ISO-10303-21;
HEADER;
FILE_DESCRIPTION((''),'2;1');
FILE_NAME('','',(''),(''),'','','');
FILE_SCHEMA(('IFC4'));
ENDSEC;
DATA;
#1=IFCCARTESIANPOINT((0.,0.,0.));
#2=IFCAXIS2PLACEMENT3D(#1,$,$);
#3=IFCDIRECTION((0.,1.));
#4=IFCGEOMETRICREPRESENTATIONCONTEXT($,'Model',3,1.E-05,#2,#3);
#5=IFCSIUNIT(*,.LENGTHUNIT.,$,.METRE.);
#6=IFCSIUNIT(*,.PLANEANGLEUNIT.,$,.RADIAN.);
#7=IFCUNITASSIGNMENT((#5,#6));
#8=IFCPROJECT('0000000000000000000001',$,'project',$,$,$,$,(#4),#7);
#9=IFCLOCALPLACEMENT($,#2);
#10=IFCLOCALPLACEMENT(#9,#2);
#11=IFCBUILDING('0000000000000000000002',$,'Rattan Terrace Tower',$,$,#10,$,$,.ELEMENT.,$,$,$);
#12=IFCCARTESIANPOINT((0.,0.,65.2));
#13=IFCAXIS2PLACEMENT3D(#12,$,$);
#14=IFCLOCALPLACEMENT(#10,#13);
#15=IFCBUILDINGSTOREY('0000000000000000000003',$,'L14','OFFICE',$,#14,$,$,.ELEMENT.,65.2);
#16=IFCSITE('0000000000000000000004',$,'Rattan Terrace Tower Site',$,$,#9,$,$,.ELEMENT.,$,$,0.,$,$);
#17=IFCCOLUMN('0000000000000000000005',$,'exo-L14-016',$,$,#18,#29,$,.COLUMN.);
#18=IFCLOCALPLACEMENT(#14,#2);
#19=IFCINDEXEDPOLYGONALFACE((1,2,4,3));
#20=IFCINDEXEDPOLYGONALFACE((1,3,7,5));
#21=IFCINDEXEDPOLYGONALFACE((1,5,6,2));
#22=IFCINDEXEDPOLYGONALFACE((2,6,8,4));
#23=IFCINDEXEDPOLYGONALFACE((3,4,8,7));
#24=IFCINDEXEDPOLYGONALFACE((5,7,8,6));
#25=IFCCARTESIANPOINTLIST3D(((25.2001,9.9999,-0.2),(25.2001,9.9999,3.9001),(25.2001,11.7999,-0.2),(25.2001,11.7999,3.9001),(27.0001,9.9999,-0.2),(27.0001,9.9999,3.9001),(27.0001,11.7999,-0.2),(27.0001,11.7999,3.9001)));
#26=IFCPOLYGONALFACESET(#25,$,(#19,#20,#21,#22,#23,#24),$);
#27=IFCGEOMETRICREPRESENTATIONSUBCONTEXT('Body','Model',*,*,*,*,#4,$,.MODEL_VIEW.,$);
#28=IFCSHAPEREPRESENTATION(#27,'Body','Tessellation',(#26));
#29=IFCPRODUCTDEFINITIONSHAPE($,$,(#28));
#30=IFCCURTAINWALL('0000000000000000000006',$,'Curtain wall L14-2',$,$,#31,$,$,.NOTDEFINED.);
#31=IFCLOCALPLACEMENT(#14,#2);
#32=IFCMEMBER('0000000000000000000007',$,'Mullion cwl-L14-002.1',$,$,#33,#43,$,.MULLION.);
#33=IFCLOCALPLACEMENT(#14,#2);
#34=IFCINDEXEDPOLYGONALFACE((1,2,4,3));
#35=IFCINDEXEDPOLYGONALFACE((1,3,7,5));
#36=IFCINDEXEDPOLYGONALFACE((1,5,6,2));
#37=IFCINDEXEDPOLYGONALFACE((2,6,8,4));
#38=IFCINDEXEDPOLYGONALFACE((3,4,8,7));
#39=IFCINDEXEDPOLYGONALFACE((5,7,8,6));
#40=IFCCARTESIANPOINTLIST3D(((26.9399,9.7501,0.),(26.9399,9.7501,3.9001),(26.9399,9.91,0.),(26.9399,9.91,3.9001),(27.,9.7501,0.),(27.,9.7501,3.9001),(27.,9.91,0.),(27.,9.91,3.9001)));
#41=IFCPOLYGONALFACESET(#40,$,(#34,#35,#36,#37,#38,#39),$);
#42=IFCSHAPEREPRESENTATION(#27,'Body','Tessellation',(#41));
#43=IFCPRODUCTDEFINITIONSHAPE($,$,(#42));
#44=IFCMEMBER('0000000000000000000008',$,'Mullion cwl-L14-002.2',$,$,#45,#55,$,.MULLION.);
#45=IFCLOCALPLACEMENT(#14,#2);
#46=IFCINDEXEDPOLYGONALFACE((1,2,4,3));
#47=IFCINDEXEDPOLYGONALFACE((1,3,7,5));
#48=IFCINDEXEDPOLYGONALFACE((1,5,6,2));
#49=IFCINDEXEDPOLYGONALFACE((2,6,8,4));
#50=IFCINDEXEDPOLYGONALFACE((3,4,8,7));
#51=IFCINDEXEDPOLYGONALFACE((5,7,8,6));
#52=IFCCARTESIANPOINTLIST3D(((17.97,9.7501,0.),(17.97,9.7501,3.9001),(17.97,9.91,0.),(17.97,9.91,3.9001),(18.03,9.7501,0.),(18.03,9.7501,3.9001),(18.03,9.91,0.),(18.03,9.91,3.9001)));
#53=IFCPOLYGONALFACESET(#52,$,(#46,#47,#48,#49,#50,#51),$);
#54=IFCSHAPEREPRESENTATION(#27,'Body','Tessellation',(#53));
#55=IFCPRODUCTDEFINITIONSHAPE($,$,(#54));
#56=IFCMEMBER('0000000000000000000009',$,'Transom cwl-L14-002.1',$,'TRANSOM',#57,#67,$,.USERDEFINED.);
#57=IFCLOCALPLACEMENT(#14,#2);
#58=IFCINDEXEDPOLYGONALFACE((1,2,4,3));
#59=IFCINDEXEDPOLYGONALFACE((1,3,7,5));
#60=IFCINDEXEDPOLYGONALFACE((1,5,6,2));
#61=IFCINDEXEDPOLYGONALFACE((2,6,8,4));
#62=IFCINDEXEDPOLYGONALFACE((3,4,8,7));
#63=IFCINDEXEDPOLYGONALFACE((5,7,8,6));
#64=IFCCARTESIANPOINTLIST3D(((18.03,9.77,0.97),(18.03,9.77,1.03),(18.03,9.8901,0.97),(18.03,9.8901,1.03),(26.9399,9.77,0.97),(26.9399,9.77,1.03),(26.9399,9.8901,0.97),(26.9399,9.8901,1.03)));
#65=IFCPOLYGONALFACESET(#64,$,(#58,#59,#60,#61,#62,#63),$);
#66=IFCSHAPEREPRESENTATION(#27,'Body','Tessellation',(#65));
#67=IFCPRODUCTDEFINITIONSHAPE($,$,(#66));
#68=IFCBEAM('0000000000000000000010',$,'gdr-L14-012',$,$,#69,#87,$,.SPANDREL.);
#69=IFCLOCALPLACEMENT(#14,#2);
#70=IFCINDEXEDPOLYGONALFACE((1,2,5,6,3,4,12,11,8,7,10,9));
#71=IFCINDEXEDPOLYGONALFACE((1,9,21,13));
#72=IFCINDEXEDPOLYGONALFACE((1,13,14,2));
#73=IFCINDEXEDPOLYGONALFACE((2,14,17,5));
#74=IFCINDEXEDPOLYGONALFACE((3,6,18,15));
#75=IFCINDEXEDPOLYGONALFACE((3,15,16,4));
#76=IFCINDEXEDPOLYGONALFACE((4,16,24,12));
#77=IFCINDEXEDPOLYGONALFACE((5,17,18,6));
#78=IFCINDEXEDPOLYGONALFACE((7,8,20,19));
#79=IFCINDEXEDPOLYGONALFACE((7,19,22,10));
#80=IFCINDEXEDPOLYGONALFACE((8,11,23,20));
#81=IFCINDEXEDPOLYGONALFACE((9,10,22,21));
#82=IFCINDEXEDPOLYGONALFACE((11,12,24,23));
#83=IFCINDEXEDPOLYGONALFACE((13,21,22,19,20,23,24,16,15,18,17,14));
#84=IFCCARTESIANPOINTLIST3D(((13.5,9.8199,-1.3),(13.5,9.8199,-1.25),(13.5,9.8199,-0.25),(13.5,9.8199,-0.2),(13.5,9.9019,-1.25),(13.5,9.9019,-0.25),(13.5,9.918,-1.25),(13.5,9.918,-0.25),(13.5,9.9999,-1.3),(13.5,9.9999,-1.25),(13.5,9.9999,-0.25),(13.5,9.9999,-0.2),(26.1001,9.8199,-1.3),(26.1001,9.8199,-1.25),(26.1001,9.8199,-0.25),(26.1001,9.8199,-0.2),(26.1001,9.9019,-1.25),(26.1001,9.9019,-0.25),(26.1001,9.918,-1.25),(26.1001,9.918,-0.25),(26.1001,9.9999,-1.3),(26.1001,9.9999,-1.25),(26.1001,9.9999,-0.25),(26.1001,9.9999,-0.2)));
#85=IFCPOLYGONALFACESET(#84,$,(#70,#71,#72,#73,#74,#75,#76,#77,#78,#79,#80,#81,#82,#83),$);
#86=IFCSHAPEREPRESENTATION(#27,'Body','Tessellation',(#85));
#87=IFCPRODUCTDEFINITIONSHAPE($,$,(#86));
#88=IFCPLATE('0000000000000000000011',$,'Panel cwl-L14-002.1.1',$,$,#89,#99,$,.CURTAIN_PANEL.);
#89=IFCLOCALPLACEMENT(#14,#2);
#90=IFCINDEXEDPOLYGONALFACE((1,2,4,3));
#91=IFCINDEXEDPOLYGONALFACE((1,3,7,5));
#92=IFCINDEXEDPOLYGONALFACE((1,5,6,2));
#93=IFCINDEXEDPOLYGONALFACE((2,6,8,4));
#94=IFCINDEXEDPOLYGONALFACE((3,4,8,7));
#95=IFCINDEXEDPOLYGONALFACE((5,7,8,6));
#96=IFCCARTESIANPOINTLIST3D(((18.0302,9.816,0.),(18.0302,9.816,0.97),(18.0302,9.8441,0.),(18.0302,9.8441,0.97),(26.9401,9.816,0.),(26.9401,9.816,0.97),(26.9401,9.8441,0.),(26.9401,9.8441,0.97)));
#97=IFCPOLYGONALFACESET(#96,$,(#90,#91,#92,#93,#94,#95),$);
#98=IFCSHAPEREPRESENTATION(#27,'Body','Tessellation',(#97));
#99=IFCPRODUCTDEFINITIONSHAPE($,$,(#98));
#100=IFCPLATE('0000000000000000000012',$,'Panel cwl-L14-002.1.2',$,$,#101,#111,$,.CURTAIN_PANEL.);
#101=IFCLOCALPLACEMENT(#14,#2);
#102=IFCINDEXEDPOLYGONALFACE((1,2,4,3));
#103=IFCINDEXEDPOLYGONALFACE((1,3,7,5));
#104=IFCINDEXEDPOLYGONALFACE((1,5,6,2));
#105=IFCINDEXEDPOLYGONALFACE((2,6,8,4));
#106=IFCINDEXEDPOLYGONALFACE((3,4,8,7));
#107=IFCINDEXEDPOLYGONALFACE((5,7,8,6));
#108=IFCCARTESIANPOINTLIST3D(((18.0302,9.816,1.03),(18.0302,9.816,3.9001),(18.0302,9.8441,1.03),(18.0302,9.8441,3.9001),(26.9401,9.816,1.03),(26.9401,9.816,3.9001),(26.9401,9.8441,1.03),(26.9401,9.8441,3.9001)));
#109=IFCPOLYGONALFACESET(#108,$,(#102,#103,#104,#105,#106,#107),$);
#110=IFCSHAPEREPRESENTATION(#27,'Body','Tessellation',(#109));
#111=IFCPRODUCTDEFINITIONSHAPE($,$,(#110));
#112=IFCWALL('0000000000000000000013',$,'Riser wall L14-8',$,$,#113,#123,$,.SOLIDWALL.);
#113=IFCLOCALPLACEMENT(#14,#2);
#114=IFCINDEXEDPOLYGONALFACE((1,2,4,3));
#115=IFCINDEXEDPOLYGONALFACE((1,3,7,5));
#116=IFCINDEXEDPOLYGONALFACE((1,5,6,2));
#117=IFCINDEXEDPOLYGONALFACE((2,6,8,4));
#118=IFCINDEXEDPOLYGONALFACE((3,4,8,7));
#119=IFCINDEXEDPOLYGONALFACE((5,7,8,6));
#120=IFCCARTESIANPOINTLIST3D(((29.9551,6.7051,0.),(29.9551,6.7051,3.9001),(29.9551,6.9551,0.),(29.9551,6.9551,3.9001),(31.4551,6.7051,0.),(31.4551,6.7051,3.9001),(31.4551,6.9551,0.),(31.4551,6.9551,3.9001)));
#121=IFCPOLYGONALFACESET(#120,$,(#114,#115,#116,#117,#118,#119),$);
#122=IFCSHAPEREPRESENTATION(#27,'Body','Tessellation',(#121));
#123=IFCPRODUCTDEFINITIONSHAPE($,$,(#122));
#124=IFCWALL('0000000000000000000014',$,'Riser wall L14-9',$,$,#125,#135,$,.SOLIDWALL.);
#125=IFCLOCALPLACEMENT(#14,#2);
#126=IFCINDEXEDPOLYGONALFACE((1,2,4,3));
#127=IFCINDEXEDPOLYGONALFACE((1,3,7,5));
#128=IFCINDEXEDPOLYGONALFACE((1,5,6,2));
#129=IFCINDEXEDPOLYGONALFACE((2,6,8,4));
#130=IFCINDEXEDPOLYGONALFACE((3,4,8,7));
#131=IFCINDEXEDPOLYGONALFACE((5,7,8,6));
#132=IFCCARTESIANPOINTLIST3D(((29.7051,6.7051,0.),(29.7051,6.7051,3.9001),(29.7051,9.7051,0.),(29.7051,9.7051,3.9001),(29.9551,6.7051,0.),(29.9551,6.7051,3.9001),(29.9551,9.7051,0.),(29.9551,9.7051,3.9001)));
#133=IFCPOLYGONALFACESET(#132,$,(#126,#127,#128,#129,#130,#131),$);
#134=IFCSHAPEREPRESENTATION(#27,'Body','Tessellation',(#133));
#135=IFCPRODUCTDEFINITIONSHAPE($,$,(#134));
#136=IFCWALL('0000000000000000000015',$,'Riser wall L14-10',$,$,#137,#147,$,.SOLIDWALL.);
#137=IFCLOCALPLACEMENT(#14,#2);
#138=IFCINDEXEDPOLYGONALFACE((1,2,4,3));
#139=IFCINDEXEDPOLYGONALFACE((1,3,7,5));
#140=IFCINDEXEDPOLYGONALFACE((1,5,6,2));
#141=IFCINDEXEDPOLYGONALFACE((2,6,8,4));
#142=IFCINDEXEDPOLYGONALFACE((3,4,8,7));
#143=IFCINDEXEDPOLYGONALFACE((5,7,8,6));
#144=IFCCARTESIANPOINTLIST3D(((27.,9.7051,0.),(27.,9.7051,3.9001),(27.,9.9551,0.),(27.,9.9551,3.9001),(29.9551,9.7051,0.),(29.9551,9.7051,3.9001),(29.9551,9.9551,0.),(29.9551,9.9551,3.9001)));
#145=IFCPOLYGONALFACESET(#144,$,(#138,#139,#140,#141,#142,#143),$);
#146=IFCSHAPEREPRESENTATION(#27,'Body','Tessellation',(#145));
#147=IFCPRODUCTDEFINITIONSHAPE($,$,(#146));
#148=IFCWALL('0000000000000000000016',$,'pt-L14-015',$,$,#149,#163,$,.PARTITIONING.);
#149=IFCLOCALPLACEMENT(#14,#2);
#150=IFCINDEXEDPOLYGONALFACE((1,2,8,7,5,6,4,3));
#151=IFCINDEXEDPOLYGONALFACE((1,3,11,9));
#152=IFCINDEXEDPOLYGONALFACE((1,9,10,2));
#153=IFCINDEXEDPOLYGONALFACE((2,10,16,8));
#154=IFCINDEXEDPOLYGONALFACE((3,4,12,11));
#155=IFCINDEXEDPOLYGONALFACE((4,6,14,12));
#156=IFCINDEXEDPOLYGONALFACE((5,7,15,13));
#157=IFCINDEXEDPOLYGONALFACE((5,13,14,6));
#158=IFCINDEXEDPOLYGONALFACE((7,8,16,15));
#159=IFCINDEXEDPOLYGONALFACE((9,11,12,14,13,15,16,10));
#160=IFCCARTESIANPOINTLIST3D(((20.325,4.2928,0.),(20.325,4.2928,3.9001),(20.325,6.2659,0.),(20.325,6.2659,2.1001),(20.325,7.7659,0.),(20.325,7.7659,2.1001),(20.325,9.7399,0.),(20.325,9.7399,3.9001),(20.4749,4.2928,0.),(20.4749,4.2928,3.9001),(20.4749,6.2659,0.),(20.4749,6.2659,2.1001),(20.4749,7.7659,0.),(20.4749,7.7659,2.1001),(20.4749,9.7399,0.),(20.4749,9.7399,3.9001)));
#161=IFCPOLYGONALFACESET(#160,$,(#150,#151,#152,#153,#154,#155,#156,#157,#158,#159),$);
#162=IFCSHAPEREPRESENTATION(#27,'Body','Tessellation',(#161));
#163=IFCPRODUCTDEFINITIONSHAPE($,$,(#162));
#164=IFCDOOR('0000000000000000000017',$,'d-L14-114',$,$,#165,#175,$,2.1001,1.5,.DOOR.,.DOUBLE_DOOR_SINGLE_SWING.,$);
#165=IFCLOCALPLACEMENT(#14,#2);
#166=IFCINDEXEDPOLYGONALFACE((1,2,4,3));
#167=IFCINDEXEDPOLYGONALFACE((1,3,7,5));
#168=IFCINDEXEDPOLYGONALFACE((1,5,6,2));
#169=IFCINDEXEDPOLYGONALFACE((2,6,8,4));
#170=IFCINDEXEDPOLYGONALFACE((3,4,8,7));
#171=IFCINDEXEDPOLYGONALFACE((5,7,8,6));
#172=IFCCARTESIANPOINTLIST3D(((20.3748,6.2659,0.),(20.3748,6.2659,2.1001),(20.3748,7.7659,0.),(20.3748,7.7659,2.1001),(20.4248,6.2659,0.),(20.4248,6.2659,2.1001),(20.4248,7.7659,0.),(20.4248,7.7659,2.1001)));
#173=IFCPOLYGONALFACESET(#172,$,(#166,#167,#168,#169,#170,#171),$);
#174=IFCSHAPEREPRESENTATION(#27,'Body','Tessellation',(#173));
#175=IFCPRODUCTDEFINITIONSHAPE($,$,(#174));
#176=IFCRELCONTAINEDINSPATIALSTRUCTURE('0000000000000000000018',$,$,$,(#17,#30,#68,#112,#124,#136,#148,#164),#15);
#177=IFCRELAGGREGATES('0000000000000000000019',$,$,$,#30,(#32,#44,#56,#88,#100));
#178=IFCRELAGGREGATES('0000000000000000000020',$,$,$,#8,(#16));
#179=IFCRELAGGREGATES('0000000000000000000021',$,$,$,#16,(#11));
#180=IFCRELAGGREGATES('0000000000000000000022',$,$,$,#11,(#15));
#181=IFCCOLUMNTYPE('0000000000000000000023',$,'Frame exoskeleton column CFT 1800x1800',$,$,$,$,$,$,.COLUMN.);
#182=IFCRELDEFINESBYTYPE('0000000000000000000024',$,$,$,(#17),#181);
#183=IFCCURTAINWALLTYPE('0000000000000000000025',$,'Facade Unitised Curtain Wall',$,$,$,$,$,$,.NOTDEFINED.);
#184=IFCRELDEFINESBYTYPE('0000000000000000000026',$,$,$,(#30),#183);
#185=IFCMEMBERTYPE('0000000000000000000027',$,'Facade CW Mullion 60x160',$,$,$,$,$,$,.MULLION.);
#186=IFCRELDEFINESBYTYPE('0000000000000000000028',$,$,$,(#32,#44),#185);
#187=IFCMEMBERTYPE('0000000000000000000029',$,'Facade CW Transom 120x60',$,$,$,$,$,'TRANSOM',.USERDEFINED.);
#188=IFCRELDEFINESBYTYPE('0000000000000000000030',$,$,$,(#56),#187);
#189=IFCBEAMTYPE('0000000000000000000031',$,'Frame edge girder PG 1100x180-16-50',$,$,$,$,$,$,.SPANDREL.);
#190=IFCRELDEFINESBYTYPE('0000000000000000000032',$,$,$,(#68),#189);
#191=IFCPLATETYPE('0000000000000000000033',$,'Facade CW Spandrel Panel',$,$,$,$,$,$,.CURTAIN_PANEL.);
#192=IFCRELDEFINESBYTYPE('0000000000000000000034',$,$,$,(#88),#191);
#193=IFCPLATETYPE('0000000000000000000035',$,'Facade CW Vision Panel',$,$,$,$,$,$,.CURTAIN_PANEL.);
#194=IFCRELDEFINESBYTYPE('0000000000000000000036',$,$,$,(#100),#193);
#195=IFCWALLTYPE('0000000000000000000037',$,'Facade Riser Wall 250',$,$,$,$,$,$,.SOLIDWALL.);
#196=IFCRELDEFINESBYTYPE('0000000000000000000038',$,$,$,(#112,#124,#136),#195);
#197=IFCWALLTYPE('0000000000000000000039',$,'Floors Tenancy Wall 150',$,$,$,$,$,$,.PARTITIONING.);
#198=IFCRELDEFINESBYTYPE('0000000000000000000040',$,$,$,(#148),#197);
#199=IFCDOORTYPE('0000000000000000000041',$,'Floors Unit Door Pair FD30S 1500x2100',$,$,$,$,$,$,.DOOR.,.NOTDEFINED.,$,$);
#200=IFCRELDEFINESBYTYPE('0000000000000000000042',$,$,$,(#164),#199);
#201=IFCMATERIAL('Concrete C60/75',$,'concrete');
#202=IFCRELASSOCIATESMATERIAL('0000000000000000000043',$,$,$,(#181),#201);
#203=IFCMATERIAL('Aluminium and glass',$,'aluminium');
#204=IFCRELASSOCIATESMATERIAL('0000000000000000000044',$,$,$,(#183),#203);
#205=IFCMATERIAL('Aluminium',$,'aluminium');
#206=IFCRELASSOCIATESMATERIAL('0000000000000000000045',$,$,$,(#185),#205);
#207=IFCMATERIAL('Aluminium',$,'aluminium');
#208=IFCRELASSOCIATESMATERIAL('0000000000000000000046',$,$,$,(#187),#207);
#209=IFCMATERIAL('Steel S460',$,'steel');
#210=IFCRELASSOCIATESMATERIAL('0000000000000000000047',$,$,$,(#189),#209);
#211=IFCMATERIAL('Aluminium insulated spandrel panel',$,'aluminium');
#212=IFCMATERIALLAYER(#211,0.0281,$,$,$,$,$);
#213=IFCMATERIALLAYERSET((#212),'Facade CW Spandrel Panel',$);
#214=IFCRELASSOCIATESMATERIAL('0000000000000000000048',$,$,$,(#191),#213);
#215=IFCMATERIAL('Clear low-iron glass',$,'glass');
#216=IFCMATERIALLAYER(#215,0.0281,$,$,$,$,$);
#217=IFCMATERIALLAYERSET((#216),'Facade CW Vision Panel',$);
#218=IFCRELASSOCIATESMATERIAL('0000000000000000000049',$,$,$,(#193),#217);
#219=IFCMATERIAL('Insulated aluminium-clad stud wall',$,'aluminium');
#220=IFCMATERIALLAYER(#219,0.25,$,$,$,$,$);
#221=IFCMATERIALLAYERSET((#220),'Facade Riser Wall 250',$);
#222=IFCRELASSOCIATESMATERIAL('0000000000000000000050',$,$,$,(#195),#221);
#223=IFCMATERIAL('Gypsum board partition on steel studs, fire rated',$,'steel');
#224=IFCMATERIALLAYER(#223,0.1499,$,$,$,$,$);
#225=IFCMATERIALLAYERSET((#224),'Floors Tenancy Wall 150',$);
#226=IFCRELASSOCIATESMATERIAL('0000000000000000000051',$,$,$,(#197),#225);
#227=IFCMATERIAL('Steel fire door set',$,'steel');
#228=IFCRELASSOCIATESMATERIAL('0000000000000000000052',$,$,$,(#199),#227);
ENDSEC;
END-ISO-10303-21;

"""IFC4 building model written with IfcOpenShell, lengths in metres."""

from ifc_helpers import new_model, si_unit, direction, frame, frame_2d, origin, origin_2d, place, context, subcontext, project, spatial, rectangle, i_section, extrude, material, layer, layer_set, material_profile, profile_set, type_object, element, fill, aggregate, save


model = new_model("IFC4")

# Units and contexts
model_context = context("Model", 3, precision=1e-05, world=origin(), true_north=direction((0.0, 1.0)))
body_context = subcontext(model_context, "Body", "Model", "MODEL_VIEW")
ifc_project = project(units=[si_unit("LENGTHUNIT", "METRE"), si_unit("PLANEANGLEUNIT", "RADIAN")], contexts=[model_context])

# Site, building, storey
site_placement = place(None, origin())
site = spatial("IfcSite", under=ifc_project, at=site_placement, Name="Rattan Terrace Tower Site", CompositionType="ELEMENT", RefElevation=0.0)
building_placement = place(site_placement, origin())
building = spatial("IfcBuilding", under=site, at=building_placement, Name="Rattan Terrace Tower", CompositionType="ELEMENT")
storey_placement = place(building_placement, frame((0.0, 0.0, 65.2)))
storey = spatial("IfcBuildingStorey", under=building, at=storey_placement, Name="L14", Description="OFFICE", CompositionType="ELEMENT", Elevation=65.2)

# Column
ifc_material_1 = material(Name="Concrete C60/75", Category="concrete")
ifc_material_profile_1 = material_profile(ifc_material_1, rectangle(XDim=1.8, YDim=1.8, at=origin_2d()), Name="CFT 1800x1800")
ifc_profile_set_1 = profile_set([ifc_material_profile_1], Name="Concrete C60/75")
column_type = type_object("IfcColumnType", Name="Frame exoskeleton column CFT 1800x1800", PredefinedType="COLUMN", material=ifc_profile_set_1)
column_placement = place(storey_placement, frame((26.1001, 10.8999, -0.2), z_axis=(0.0, 0.0, 1.0), x_axis=(1.0, 0.0, 0.0)))
element("IfcColumn", 1, at=column_placement, inside=storey, type_object=column_type, Name="exo-L14-016", PredefinedType="COLUMN", context=body_context, shape_type="SweptSolid", body=[
    extrude(rectangle(XDim=1.8, YDim=1.8, at=origin_2d()), origin(), (0.0, 0.0, 1.0), 4.1001),
])

# Curtain wall, members
ifc_material_2 = material(Name="Aluminium and glass", Category="aluminium")
curtain_wall_type = type_object("IfcCurtainWallType", Name="Facade Unitised Curtain Wall", PredefinedType="NOTDEFINED", material=ifc_material_2)
curtain_wall_placement = place(storey_placement, origin())
curtain_wall = element("IfcCurtainWall", 2, at=curtain_wall_placement, inside=storey, type_object=curtain_wall_type, Name="Curtain wall L14-2", PredefinedType="NOTDEFINED")
ifc_material_3 = material(Name="Aluminium", Category="aluminium")
ifc_material_profile_2 = material_profile(ifc_material_3, rectangle(XDim=0.0601, YDim=0.1599, at=origin_2d()), Name="Aluminium 60x160")
ifc_profile_set_2 = profile_set([ifc_material_profile_2], Name="Aluminium")
member_type_1 = type_object("IfcMemberType", Name="Facade CW Mullion 60x160", PredefinedType="MULLION", material=ifc_profile_set_2)
member_1_placement = place(storey_placement, frame((26.97, 9.8301, 0.0), z_axis=(0.0, 0.0, 1.0), x_axis=(-1.0, 0.0, 0.0)))
member_1 = element("IfcMember", 3, at=member_1_placement, type_object=member_type_1, Name="Mullion cwl-L14-002.1", PredefinedType="MULLION", context=body_context, shape_type="SweptSolid", body=[
    extrude(rectangle(XDim=0.0601, YDim=0.1599, at=origin_2d()), origin(), (0.0, 0.0, 1.0), 3.9001),
])
member_2_placement = place(storey_placement, frame((18.0, 9.8301, 0.0), z_axis=(0.0, 0.0, 1.0), x_axis=(-1.0, 0.0, 0.0)))
member_2 = element("IfcMember", 4, at=member_2_placement, type_object=member_type_1, Name="Mullion cwl-L14-002.2", PredefinedType="MULLION", context=body_context, shape_type="SweptSolid", body=[
    extrude(rectangle(XDim=0.0601, YDim=0.1599, at=origin_2d()), origin(), (0.0, 0.0, 1.0), 3.9001),
])
ifc_material_4 = material(Name="Aluminium", Category="aluminium")
ifc_material_profile_3 = material_profile(ifc_material_4, rectangle(XDim=0.1201, YDim=0.0601, at=origin_2d()), Name="Aluminium 120x60")
ifc_profile_set_3 = profile_set([ifc_material_profile_3], Name="Aluminium")
member_type_2 = type_object("IfcMemberType", Name="Facade CW Transom 120x60", ElementType="TRANSOM", PredefinedType="USERDEFINED", material=ifc_profile_set_3)
member_3_placement = place(storey_placement, frame((26.9399, 9.8301, 1.0), z_axis=(-1.0, 0.0, 0.0), x_axis=(0.0, -1.0, 0.0)))
member_3 = element("IfcMember", 5, at=member_3_placement, type_object=member_type_2, Name="Transom cwl-L14-002.1", ObjectType="TRANSOM", PredefinedType="USERDEFINED", context=body_context, shape_type="SweptSolid", body=[
    extrude(rectangle(XDim=0.1201, YDim=0.0601, at=origin_2d()), origin(), (0.0, 0.0, 1.0), 8.9099),
])

# Beam
ifc_material_5 = material(Name="Steel S460", Category="steel")
ifc_material_profile_4 = material_profile(ifc_material_5, i_section(OverallWidth=0.1799, OverallDepth=1.1001, WebThickness=0.0161, FlangeThickness=0.05, at=origin_2d()), Name="PG 1100x180-16-50")
ifc_profile_set_4 = profile_set([ifc_material_profile_4], Name="Steel S460")
beam_type = type_object("IfcBeamType", Name="Frame edge girder PG 1100x180-16-50", PredefinedType="SPANDREL", material=ifc_profile_set_4)
beam_placement = place(storey_placement, frame((26.1001, 9.9099, -0.75), z_axis=(-1.0, 0.0, 0.0), x_axis=(0.0, -1.0, 0.0)))
element("IfcBeam", 6, at=beam_placement, inside=storey, type_object=beam_type, Name="gdr-L14-012", PredefinedType="SPANDREL", context=body_context, shape_type="SweptSolid", body=[
    extrude(i_section(OverallWidth=0.1799, OverallDepth=1.1001, WebThickness=0.0161, FlangeThickness=0.05, at=origin_2d()), origin(), (0.0, 0.0, 1.0), 12.6001),
])

# Plates
ifc_material_6 = material(Name="Aluminium insulated spandrel panel", Category="aluminium")
ifc_layer_1 = layer(ifc_material_6, 0.0281)
ifc_layer_set_1 = layer_set([ifc_layer_1], Name="Facade CW Spandrel Panel")
plate_type_1 = type_object("IfcPlateType", Name="Facade CW Spandrel Panel", PredefinedType="CURTAIN_PANEL", material=ifc_layer_set_1)
plate_1_placement = place(storey_placement, frame((22.4851, 9.8301, 0.0), z_axis=(0.0, 0.0, 1.0), x_axis=(-1.0, 0.0, 0.0)))
plate_1 = element("IfcPlate", 7, at=plate_1_placement, type_object=plate_type_1, Name="Panel cwl-L14-002.1.1", PredefinedType="CURTAIN_PANEL", context=body_context, shape_type="SweptSolid", body=[
    extrude(rectangle(XDim=8.9099, YDim=0.0281, at=origin_2d()), origin(), (0.0, 0.0, 1.0), 0.97),
])
ifc_material_7 = material(Name="Clear low-iron glass", Category="glass")
ifc_layer_2 = layer(ifc_material_7, 0.0281)
ifc_layer_set_2 = layer_set([ifc_layer_2], Name="Facade CW Vision Panel")
plate_type_2 = type_object("IfcPlateType", Name="Facade CW Vision Panel", PredefinedType="CURTAIN_PANEL", material=ifc_layer_set_2)
plate_2_placement = place(storey_placement, frame((22.4851, 9.8301, 1.03), z_axis=(0.0, 0.0, 1.0), x_axis=(-1.0, 0.0, 0.0)))
plate_2 = element("IfcPlate", 8, at=plate_2_placement, type_object=plate_type_2, Name="Panel cwl-L14-002.1.2", PredefinedType="CURTAIN_PANEL", context=body_context, shape_type="SweptSolid", body=[
    extrude(rectangle(XDim=8.9099, YDim=0.0281, at=origin_2d()), origin(), (0.0, 0.0, 1.0), 2.8701),
])
aggregate(curtain_wall, [member_1, member_2, member_3, plate_1, plate_2])

# Walls
ifc_material_8 = material(Name="Insulated aluminium-clad stud wall", Category="aluminium")
ifc_layer_3 = layer(ifc_material_8, 0.25)
ifc_layer_set_3 = layer_set([ifc_layer_3], Name="Facade Riser Wall 250")
wall_type_1 = type_object("IfcWallType", Name="Facade Riser Wall 250", PredefinedType="SOLIDWALL", material=ifc_layer_set_3)
wall_1_placement = place(storey_placement, frame((31.4551, 6.8301, 0.0), z_axis=(0.0, 0.0, 1.0), x_axis=(-1.0, 0.0, 0.0)))
element("IfcWall", 9, at=wall_1_placement, inside=storey, type_object=wall_type_1, Name="Riser wall L14-8", PredefinedType="SOLIDWALL", context=body_context, shape_type="SweptSolid", body=[
    extrude(rectangle(XDim=1.5, YDim=0.25, at=frame_2d((0.75, 0.0))), origin(), (0.0, 0.0, 1.0), 3.9001),
])
wall_2_placement = place(storey_placement, frame((29.8301, 6.7051, 0.0), z_axis=(0.0, 0.0, 1.0), x_axis=(0.0, 1.0, 0.0)))
element("IfcWall", 10, at=wall_2_placement, inside=storey, type_object=wall_type_1, Name="Riser wall L14-9", PredefinedType="SOLIDWALL", context=body_context, shape_type="SweptSolid", body=[
    extrude(rectangle(XDim=3.0, YDim=0.25, at=frame_2d((1.5, 0.0))), origin(), (0.0, 0.0, 1.0), 3.9001),
])
wall_3_placement = place(storey_placement, frame((29.9551, 9.8301, 0.0), z_axis=(0.0, 0.0, 1.0), x_axis=(-1.0, 0.0, 0.0)))
element("IfcWall", 11, at=wall_3_placement, inside=storey, type_object=wall_type_1, Name="Riser wall L14-10", PredefinedType="SOLIDWALL", context=body_context, shape_type="SweptSolid", body=[
    extrude(rectangle(XDim=2.9551, YDim=0.25, at=frame_2d((1.4775, 0.0))), origin(), (0.0, 0.0, 1.0), 3.9001),
])

# Wall, opening, door
ifc_material_9 = material(Name="Gypsum board partition on steel studs, fire rated", Category="steel")
ifc_layer_4 = layer(ifc_material_9, 0.1499)
ifc_layer_set_4 = layer_set([ifc_layer_4], Name="Floors Tenancy Wall 150")
wall_type_2 = type_object("IfcWallType", Name="Floors Tenancy Wall 150", PredefinedType="PARTITIONING", material=ifc_layer_set_4)
wall_4_placement = place(storey_placement, frame((20.3999, 9.74, 0.0), z_axis=(0.0, 0.0, 1.0), x_axis=(0.0, -1.0, 0.0)))
wall_4 = element("IfcWall", 12, at=wall_4_placement, inside=storey, type_object=wall_type_2, Name="pt-L14-015", PredefinedType="PARTITIONING", context=body_context, shape_type="SweptSolid", body=[
    extrude(rectangle(XDim=5.447, YDim=0.1499, at=frame_2d((2.7236, 0.0))), origin(), (0.0, 0.0, 1.0), 3.9001),
])
opening_placement = place(wall_4_placement, frame((1.9741, 0.0, 0.0)))
opening = element("IfcOpeningElement", 13, at=opening_placement, cuts=wall_4, PredefinedType="OPENING", context=body_context, shape_type="SweptSolid", body=[
    extrude(rectangle(XDim=1.5, YDim=2.1001, at=frame_2d((0.75, 1.05))), frame((0.0, 0.0854, 0.0), z_axis=(0.0, -1.0, 0.0), x_axis=(1.0, 0.0, 0.0)), (0.0, 0.0, 1.0), 0.1709),
])
ifc_material_10 = material(Name="Steel fire door set", Category="steel")
door_type = type_object("IfcDoorType", Name="Floors Unit Door Pair FD30S 1500x2100", OperationType="NOTDEFINED", PredefinedType="DOOR", material=ifc_material_10)
door_placement = place(opening_placement, origin())
door = element("IfcDoor", 14, at=door_placement, inside=storey, type_object=door_type, Name="d-L14-114", OperationType="DOUBLE_DOOR_SINGLE_SWING", OverallHeight=2.1001, OverallWidth=1.5, PredefinedType="DOOR", context=body_context, shape_type="SweptSolid", body=[
    extrude(rectangle(XDim=1.5, YDim=2.1001, at=frame_2d((0.75, 1.05))), frame((0.0, 0.0249, 0.0), z_axis=(0.0, -1.0, 0.0), x_axis=(1.0, 0.0, 0.0)), (0.0, 0.0, 1.0), 0.05),
])
fill(opening, door)

save(model, "model.ifc")
